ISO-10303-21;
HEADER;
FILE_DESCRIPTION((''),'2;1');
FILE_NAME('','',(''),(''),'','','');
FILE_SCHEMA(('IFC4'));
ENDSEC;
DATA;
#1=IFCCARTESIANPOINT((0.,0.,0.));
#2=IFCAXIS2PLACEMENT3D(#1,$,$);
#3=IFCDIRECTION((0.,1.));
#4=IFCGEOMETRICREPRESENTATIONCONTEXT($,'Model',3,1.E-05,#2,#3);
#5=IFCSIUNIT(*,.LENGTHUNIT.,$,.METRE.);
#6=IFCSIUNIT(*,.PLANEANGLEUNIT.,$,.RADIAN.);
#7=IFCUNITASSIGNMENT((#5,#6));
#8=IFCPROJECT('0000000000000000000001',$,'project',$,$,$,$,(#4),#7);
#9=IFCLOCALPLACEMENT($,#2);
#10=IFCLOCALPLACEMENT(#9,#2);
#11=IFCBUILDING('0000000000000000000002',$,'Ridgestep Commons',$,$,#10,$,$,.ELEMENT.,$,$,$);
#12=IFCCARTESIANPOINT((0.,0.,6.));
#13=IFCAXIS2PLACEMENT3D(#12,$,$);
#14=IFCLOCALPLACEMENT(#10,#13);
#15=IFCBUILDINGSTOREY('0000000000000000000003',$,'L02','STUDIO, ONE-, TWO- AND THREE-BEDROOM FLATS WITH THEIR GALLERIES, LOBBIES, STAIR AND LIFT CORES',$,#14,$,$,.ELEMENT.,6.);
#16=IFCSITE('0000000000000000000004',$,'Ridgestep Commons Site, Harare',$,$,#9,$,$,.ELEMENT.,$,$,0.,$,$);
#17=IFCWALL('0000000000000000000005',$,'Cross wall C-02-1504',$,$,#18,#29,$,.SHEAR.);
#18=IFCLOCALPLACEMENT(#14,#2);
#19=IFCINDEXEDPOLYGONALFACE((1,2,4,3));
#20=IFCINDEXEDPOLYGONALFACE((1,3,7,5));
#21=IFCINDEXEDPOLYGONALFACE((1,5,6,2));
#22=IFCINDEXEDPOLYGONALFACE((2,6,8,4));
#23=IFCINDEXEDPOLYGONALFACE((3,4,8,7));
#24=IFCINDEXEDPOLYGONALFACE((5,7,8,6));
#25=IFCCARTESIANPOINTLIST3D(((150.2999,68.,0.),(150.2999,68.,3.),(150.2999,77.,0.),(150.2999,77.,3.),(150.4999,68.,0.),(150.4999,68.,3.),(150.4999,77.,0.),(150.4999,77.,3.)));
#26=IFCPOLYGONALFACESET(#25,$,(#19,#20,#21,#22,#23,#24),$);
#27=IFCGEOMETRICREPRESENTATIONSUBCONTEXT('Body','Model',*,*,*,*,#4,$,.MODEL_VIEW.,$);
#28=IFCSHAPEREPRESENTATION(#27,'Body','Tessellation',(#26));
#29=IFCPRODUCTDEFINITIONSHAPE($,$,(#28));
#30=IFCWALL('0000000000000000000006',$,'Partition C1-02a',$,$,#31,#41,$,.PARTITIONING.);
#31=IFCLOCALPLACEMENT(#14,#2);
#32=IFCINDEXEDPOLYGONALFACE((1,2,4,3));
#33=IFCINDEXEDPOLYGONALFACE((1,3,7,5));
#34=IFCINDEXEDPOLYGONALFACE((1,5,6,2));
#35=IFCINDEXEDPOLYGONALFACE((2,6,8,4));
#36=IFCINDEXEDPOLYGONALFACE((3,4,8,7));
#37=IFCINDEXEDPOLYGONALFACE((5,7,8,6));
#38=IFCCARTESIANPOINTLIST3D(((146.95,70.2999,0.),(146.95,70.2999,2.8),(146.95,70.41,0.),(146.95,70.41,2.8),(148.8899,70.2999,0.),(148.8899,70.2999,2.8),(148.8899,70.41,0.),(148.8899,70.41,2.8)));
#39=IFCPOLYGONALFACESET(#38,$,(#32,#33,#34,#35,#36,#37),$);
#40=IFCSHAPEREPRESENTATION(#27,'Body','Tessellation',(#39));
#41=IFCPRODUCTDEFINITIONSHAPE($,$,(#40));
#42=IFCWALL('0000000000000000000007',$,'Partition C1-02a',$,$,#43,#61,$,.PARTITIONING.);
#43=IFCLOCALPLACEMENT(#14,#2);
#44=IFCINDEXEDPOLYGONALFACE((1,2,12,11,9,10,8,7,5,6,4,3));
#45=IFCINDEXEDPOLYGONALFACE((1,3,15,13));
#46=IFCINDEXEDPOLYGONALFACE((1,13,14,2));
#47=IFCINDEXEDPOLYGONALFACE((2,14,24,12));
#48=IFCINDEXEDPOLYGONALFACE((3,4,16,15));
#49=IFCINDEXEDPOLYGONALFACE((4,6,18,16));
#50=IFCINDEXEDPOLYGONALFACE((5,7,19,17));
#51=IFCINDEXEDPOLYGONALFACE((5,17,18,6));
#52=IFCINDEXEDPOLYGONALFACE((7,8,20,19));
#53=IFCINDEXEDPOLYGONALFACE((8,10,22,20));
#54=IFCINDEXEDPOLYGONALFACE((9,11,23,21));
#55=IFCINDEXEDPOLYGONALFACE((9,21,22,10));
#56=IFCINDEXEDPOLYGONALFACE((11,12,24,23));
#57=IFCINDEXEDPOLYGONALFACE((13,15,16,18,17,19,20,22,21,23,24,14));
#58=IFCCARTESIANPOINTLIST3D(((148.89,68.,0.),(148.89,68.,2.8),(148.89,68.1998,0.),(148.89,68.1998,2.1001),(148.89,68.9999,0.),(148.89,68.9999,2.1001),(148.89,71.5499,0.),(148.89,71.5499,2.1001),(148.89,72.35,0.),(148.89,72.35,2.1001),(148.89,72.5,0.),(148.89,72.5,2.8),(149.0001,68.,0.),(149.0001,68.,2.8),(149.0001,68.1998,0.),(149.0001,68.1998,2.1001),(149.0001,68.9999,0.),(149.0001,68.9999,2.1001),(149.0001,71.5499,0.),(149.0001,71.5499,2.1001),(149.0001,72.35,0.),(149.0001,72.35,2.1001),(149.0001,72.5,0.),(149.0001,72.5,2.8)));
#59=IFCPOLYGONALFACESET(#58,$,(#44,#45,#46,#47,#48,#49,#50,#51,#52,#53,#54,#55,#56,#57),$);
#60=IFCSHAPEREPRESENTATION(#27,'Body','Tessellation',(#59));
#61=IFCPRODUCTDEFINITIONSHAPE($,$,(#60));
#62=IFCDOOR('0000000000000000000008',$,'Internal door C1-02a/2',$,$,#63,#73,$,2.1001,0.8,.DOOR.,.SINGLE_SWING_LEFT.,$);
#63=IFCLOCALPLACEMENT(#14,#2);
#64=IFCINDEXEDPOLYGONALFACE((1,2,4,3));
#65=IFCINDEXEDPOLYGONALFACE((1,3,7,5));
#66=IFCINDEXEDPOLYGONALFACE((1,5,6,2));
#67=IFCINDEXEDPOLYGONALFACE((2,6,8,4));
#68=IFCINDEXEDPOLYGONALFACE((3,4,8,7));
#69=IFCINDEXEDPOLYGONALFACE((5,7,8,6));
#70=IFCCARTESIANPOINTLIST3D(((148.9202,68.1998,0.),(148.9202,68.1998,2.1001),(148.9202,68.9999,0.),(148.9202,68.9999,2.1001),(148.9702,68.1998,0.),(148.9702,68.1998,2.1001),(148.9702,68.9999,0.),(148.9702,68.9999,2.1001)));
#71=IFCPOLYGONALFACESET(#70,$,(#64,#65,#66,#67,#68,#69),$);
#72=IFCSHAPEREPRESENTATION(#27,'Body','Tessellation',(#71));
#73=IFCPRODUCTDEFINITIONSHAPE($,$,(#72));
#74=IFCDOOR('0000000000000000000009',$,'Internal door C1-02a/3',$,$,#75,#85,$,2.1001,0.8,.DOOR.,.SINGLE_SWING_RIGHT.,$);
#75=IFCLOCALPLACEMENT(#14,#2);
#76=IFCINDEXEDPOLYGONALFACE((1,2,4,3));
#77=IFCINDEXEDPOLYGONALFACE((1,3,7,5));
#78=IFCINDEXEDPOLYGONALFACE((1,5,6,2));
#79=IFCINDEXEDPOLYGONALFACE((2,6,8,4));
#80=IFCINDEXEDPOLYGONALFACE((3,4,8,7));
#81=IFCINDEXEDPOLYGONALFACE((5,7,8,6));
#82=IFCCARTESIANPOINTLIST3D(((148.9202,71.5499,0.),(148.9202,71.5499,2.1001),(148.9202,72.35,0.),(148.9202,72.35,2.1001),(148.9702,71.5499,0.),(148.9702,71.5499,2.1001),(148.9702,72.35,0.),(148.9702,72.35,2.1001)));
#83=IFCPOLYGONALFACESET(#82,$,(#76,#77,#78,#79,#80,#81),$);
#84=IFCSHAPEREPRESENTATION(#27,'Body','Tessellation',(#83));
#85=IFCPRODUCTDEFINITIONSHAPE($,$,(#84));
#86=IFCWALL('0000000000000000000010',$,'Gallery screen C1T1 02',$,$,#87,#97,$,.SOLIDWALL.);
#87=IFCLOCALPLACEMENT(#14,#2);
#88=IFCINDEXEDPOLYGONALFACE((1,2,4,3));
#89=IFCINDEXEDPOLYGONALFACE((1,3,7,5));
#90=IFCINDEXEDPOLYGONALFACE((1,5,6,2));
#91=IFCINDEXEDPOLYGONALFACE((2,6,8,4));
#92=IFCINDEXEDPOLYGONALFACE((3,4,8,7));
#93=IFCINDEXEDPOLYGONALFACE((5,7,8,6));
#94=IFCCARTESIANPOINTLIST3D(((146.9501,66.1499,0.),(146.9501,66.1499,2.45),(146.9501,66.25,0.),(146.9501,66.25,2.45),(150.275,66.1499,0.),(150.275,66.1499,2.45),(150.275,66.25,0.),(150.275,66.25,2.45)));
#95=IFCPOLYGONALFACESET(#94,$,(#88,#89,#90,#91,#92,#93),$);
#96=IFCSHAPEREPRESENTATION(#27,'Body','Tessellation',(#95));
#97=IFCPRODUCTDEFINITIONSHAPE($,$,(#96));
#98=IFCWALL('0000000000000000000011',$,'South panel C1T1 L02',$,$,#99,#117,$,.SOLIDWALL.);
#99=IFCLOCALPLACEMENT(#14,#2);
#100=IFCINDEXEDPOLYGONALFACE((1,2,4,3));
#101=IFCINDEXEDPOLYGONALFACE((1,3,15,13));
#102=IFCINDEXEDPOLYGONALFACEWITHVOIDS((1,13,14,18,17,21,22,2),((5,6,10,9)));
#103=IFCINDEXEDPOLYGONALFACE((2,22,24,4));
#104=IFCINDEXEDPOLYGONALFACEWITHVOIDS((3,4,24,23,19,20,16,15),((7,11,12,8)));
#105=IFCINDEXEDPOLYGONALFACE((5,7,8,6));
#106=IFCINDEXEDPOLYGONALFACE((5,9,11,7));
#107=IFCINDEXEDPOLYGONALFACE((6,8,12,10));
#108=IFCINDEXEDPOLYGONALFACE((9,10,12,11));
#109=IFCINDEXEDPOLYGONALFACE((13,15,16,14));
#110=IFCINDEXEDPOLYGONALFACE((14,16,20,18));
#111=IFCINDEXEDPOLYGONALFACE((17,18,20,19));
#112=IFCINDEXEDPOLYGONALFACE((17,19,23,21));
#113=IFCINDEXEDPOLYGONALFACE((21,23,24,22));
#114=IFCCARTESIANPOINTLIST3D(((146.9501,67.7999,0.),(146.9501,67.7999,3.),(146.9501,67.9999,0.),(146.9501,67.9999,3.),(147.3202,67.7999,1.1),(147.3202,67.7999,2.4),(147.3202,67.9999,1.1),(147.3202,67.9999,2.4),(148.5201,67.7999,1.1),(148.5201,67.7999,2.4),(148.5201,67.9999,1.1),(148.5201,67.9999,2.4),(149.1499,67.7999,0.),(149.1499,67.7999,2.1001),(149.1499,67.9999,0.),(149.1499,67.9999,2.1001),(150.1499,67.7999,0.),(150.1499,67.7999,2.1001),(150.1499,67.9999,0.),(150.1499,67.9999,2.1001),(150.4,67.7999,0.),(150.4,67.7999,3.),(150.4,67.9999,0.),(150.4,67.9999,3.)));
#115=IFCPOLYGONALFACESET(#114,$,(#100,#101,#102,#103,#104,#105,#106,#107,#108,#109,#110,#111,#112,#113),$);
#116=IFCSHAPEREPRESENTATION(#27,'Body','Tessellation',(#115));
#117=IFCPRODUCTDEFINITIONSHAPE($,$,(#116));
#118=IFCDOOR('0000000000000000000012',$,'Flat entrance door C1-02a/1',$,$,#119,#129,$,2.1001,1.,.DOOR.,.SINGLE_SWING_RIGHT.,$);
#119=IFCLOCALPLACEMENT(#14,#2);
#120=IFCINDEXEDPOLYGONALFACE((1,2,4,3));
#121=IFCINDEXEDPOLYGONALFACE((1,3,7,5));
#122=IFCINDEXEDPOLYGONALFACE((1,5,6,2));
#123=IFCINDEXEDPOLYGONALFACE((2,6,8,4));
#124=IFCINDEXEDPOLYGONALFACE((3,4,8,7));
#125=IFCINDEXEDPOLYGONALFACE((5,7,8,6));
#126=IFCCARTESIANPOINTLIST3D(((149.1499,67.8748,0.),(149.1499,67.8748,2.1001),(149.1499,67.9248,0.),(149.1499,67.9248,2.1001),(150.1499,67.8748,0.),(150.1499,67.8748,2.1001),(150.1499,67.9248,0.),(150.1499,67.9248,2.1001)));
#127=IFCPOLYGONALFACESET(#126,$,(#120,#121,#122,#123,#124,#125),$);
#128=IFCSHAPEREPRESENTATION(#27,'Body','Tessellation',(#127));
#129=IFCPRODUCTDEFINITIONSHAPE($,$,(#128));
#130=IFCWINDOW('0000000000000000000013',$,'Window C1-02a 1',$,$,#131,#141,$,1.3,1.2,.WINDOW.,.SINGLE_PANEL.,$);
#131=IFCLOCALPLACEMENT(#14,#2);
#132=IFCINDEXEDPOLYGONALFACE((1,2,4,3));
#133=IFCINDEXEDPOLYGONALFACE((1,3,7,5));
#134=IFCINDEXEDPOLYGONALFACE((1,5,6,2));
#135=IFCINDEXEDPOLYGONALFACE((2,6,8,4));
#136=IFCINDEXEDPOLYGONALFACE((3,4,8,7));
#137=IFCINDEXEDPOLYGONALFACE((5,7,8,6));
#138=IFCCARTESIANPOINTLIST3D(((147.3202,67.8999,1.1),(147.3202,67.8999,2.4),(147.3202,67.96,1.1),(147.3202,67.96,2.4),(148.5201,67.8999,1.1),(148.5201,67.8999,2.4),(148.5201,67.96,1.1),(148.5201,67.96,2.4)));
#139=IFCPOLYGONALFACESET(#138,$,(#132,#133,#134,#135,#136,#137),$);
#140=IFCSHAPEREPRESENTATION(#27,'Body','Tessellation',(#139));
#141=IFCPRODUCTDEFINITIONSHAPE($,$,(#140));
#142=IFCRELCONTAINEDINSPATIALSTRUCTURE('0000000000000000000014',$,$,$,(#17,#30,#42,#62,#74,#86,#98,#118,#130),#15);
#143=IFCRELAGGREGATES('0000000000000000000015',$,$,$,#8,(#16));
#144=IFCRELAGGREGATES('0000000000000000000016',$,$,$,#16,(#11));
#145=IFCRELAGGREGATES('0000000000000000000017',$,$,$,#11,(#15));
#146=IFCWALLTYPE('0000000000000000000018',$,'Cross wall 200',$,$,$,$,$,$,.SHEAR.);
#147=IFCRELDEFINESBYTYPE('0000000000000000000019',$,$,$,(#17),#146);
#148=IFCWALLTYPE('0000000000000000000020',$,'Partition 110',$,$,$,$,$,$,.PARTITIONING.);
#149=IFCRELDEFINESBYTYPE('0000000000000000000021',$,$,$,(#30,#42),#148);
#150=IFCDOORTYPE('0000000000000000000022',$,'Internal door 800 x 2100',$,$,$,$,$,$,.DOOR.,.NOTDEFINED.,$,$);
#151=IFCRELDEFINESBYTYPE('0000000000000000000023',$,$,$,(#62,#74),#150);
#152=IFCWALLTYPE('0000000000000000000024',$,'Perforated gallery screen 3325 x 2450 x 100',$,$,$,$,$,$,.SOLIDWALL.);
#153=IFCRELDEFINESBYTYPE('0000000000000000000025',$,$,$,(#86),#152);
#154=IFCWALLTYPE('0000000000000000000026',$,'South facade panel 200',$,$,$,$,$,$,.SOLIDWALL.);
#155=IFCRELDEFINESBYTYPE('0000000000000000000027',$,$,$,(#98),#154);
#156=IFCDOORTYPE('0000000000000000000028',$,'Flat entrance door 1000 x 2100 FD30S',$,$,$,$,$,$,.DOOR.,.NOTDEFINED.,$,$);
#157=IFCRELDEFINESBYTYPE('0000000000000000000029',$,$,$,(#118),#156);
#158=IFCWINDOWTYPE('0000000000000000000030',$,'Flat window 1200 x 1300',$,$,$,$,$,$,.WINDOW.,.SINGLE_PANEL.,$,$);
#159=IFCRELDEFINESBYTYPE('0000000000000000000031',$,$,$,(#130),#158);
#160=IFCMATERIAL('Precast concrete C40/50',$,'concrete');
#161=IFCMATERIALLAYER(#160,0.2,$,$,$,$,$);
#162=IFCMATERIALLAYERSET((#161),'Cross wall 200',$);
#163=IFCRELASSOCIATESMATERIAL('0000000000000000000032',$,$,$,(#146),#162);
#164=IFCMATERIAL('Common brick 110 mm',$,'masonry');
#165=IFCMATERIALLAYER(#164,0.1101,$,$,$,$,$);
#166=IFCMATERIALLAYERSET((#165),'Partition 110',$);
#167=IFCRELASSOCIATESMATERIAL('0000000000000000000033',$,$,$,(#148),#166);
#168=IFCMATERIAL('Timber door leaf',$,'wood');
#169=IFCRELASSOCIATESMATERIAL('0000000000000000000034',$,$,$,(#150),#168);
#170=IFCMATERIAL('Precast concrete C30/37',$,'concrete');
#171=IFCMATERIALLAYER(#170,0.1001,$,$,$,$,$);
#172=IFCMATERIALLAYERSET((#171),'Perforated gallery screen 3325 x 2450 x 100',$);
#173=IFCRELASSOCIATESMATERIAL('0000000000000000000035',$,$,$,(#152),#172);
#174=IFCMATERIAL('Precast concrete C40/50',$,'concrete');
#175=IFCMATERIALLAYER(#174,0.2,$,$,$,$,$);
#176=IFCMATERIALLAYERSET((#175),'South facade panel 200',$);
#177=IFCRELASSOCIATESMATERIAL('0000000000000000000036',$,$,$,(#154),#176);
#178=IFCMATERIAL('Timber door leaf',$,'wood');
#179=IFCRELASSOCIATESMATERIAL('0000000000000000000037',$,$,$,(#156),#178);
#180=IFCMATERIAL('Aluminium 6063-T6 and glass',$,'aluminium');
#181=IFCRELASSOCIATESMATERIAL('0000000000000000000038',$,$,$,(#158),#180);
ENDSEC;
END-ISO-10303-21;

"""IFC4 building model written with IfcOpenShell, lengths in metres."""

from ifc_helpers import new_model, si_unit, direction, frame, frame_2d, origin, place, context, subcontext, project, spatial, rectangle, extrude, material, layer, layer_set, type_object, element, fill, save


model = new_model("IFC4")

# Units and contexts
model_context = context("Model", 3, precision=1e-05, world=origin(), true_north=direction((0.0, 1.0)))
body_context = subcontext(model_context, "Body", "Model", "MODEL_VIEW")
ifc_project = project(units=[si_unit("LENGTHUNIT", "METRE"), si_unit("PLANEANGLEUNIT", "RADIAN")], contexts=[model_context])

# Site, building, storey
site_placement = place(None, origin())
site = spatial("IfcSite", under=ifc_project, at=site_placement, Name="Ridgestep Commons Site, Harare", CompositionType="ELEMENT", RefElevation=0.0)
building_placement = place(site_placement, origin())
building = spatial("IfcBuilding", under=site, at=building_placement, Name="Ridgestep Commons", CompositionType="ELEMENT")
storey_placement = place(building_placement, frame((0.0, 0.0, 6.0)))
storey = spatial("IfcBuildingStorey", under=building, at=storey_placement, Name="L02", Description="STUDIO, ONE-, TWO- AND THREE-BEDROOM FLATS WITH THEIR GALLERIES, LOBBIES, STAIR AND LIFT CORES", CompositionType="ELEMENT", Elevation=6.0)

# Walls
ifc_material_1 = material(Name="Precast concrete C40/50", Category="concrete")
ifc_layer_1 = layer(ifc_material_1, 0.2)
ifc_layer_set_1 = layer_set([ifc_layer_1], Name="Cross wall 200")
wall_type_1 = type_object("IfcWallType", Name="Cross wall 200", PredefinedType="SHEAR", material=ifc_layer_set_1)
wall_1_placement = place(storey_placement, frame((150.3999, 68.0, 0.0), z_axis=(0.0, 0.0, 1.0), x_axis=(0.0, 1.0, 0.0)))
element("IfcWall", 1, at=wall_1_placement, inside=storey, type_object=wall_type_1, Name="Cross wall C-02-1504", PredefinedType="SHEAR", context=body_context, shape_type="SweptSolid", body=[
    extrude(rectangle(XDim=9.0, YDim=0.2, at=frame_2d((4.5, 0.0))), origin(), (0.0, 0.0, 1.0), 3.0),
])
ifc_material_2 = material(Name="Common brick 110 mm", Category="masonry")
ifc_layer_2 = layer(ifc_material_2, 0.1101)
ifc_layer_set_2 = layer_set([ifc_layer_2], Name="Partition 110")
wall_type_2 = type_object("IfcWallType", Name="Partition 110", PredefinedType="PARTITIONING", material=ifc_layer_set_2)
wall_2_placement = place(storey_placement, frame((146.95, 70.355, 0.0), z_axis=(0.0, 0.0, 1.0), x_axis=(1.0, 0.0, 0.0)))
element("IfcWall", 2, at=wall_2_placement, inside=storey, type_object=wall_type_2, Name="Partition C1-02a", PredefinedType="PARTITIONING", context=body_context, shape_type="SweptSolid", body=[
    extrude(rectangle(XDim=1.9399, YDim=0.1101, at=frame_2d((0.97, 0.0))), origin(), (0.0, 0.0, 1.0), 2.8),
])

# Wall, openings, doors
wall_3_placement = place(storey_placement, frame((148.9451, 68.0, 0.0), z_axis=(0.0, 0.0, 1.0), x_axis=(0.0, 1.0, 0.0)))
wall_3 = element("IfcWall", 3, at=wall_3_placement, inside=storey, type_object=wall_type_2, Name="Partition C1-02a", PredefinedType="PARTITIONING", context=body_context, shape_type="SweptSolid", body=[
    extrude(rectangle(XDim=4.5, YDim=0.1101, at=frame_2d((2.25, 0.0))), origin(), (0.0, 0.0, 1.0), 2.8),
])
opening_1_placement = place(wall_3_placement, frame((0.2, 0.0, 0.0)))
opening_1 = element("IfcOpeningElement", 4, at=opening_1_placement, cuts=wall_3, PredefinedType="OPENING", context=body_context, shape_type="SweptSolid", body=[
    extrude(rectangle(XDim=0.8, YDim=2.1001, at=frame_2d((0.3999, 1.05))), frame((0.0, 0.0649, 0.0), z_axis=(0.0, -1.0, 0.0), x_axis=(1.0, 0.0, 0.0)), (0.0, 0.0, 1.0), 0.1301),
])
opening_2_placement = place(wall_3_placement, frame((3.55, 0.0, 0.0)))
opening_2 = element("IfcOpeningElement", 5, at=opening_2_placement, cuts=wall_3, PredefinedType="OPENING", context=body_context, shape_type="SweptSolid", body=[
    extrude(rectangle(XDim=0.8, YDim=2.1001, at=frame_2d((0.3999, 1.05))), frame((0.0, 0.0649, 0.0), z_axis=(0.0, -1.0, 0.0), x_axis=(1.0, 0.0, 0.0)), (0.0, 0.0, 1.0), 0.1301),
])
ifc_material_3 = material(Name="Timber door leaf", Category="wood")
door_type_1 = type_object("IfcDoorType", Name="Internal door 800 x 2100", OperationType="NOTDEFINED", PredefinedType="DOOR", material=ifc_material_3)
door_1_placement = place(opening_1_placement, origin())
door_1 = element("IfcDoor", 6, at=door_1_placement, inside=storey, type_object=door_type_1, Name="Internal door C1-02a/2", OperationType="SINGLE_SWING_LEFT", OverallHeight=2.1001, OverallWidth=0.8, PredefinedType="DOOR", context=body_context, shape_type="SweptSolid", body=[
    extrude(rectangle(XDim=0.8, YDim=2.1001, at=frame_2d((0.3999, 1.05))), frame((0.0, 0.0249, 0.0), z_axis=(0.0, -1.0, 0.0), x_axis=(1.0, 0.0, 0.0)), (0.0, 0.0, 1.0), 0.05),
])
fill(opening_1, door_1)
door_2_placement = place(opening_2_placement, origin())
door_2 = element("IfcDoor", 7, at=door_2_placement, inside=storey, type_object=door_type_1, Name="Internal door C1-02a/3", OperationType="SINGLE_SWING_RIGHT", OverallHeight=2.1001, OverallWidth=0.8, PredefinedType="DOOR", context=body_context, shape_type="SweptSolid", body=[
    extrude(rectangle(XDim=0.8, YDim=2.1001, at=frame_2d((0.3999, 1.05))), frame((0.0, 0.0249, 0.0), z_axis=(0.0, -1.0, 0.0), x_axis=(1.0, 0.0, 0.0)), (0.0, 0.0, 1.0), 0.05),
])
fill(opening_2, door_2)

# Wall
ifc_material_4 = material(Name="Precast concrete C30/37", Category="concrete")
ifc_layer_3 = layer(ifc_material_4, 0.1001)
ifc_layer_set_3 = layer_set([ifc_layer_3], Name="Perforated gallery screen 3325 x 2450 x 100")
wall_type_3 = type_object("IfcWallType", Name="Perforated gallery screen 3325 x 2450 x 100", PredefinedType="SOLIDWALL", material=ifc_layer_set_3)
wall_4_placement = place(storey_placement, frame((146.95, 66.2, 0.0), z_axis=(0.0, 0.0, 1.0), x_axis=(1.0, 0.0, 0.0)))
element("IfcWall", 8, at=wall_4_placement, inside=storey, type_object=wall_type_3, Name="Gallery screen C1T1 02", PredefinedType="SOLIDWALL", context=body_context, shape_type="SweptSolid", body=[
    extrude(rectangle(XDim=3.325, YDim=0.1001, at=frame_2d((1.6626, 0.0))), origin(), (0.0, 0.0, 1.0), 2.45),
])

# Wall, openings, door, window
ifc_material_5 = material(Name="Precast concrete C40/50", Category="concrete")
ifc_layer_4 = layer(ifc_material_5, 0.2)
ifc_layer_set_4 = layer_set([ifc_layer_4], Name="South facade panel 200")
wall_type_4 = type_object("IfcWallType", Name="South facade panel 200", PredefinedType="SOLIDWALL", material=ifc_layer_set_4)
wall_5_placement = place(storey_placement, frame((146.95, 67.8999, 0.0), z_axis=(0.0, 0.0, 1.0), x_axis=(1.0, 0.0, 0.0)))
wall_5 = element("IfcWall", 9, at=wall_5_placement, inside=storey, type_object=wall_type_4, Name="South panel C1T1 L02", PredefinedType="SOLIDWALL", context=body_context, shape_type="SweptSolid", body=[
    extrude(rectangle(XDim=3.45, YDim=0.2, at=frame_2d((1.7251, 0.0))), origin(), (0.0, 0.0, 1.0), 3.0),
])
opening_3_placement = place(wall_5_placement, frame((0.3701, 0.0, 1.1001)))
opening_3 = element("IfcOpeningElement", 10, at=opening_3_placement, cuts=wall_5, PredefinedType="OPENING", context=body_context, shape_type="SweptSolid", body=[
    extrude(rectangle(XDim=1.2, YDim=1.3, at=frame_2d((0.6001, 0.6499))), frame((0.0, 0.1099, 0.0), z_axis=(0.0, -1.0, 0.0), x_axis=(1.0, 0.0, 0.0)), (0.0, 0.0, 1.0), 0.22),
])
opening_4_placement = place(wall_5_placement, frame((2.2, 0.0, 0.0)))
opening_4 = element("IfcOpeningElement", 11, at=opening_4_placement, cuts=wall_5, PredefinedType="OPENING", context=body_context, shape_type="SweptSolid", body=[
    extrude(rectangle(XDim=1.0, YDim=2.1001, at=frame_2d((0.5, 1.05))), frame((0.0, 0.1099, 0.0), z_axis=(0.0, -1.0, 0.0), x_axis=(1.0, 0.0, 0.0)), (0.0, 0.0, 1.0), 0.22),
])
ifc_material_6 = material(Name="Timber door leaf", Category="wood")
door_type_2 = type_object("IfcDoorType", Name="Flat entrance door 1000 x 2100 FD30S", OperationType="NOTDEFINED", PredefinedType="DOOR", material=ifc_material_6)
door_3_placement = place(opening_4_placement, origin())
door_3 = element("IfcDoor", 12, at=door_3_placement, inside=storey, type_object=door_type_2, Name="Flat entrance door C1-02a/1", OperationType="SINGLE_SWING_RIGHT", OverallHeight=2.1001, OverallWidth=1.0, PredefinedType="DOOR", context=body_context, shape_type="SweptSolid", body=[
    extrude(rectangle(XDim=1.0, YDim=2.1001, at=frame_2d((0.5, 1.05))), frame((0.0, 0.0249, 0.0), z_axis=(0.0, -1.0, 0.0), x_axis=(1.0, 0.0, 0.0)), (0.0, 0.0, 1.0), 0.05),
])
fill(opening_4, door_3)
ifc_material_7 = material(Name="Aluminium 6063-T6 and glass", Category="aluminium")
window_type = type_object("IfcWindowType", Name="Flat window 1200 x 1300", PartitioningType="SINGLE_PANEL", PredefinedType="WINDOW", material=ifc_material_7)
window_1_placement = place(opening_3_placement, origin())
window_1 = element("IfcWindow", 13, at=window_1_placement, inside=storey, type_object=window_type, Name="Window C1-02a 1", OverallHeight=1.3, OverallWidth=1.2, PartitioningType="SINGLE_PANEL", PredefinedType="WINDOW", context=body_context, shape_type="SweptSolid", body=[
    extrude(rectangle(XDim=1.2, YDim=1.3, at=frame_2d((0.6001, 0.6499))), frame((0.0, 0.0601, 0.0), z_axis=(0.0, -1.0, 0.0), x_axis=(1.0, 0.0, 0.0)), (0.0, 0.0, 1.0), 0.0601),
])
fill(opening_3, window_1)

save(model, "model.ifc")
